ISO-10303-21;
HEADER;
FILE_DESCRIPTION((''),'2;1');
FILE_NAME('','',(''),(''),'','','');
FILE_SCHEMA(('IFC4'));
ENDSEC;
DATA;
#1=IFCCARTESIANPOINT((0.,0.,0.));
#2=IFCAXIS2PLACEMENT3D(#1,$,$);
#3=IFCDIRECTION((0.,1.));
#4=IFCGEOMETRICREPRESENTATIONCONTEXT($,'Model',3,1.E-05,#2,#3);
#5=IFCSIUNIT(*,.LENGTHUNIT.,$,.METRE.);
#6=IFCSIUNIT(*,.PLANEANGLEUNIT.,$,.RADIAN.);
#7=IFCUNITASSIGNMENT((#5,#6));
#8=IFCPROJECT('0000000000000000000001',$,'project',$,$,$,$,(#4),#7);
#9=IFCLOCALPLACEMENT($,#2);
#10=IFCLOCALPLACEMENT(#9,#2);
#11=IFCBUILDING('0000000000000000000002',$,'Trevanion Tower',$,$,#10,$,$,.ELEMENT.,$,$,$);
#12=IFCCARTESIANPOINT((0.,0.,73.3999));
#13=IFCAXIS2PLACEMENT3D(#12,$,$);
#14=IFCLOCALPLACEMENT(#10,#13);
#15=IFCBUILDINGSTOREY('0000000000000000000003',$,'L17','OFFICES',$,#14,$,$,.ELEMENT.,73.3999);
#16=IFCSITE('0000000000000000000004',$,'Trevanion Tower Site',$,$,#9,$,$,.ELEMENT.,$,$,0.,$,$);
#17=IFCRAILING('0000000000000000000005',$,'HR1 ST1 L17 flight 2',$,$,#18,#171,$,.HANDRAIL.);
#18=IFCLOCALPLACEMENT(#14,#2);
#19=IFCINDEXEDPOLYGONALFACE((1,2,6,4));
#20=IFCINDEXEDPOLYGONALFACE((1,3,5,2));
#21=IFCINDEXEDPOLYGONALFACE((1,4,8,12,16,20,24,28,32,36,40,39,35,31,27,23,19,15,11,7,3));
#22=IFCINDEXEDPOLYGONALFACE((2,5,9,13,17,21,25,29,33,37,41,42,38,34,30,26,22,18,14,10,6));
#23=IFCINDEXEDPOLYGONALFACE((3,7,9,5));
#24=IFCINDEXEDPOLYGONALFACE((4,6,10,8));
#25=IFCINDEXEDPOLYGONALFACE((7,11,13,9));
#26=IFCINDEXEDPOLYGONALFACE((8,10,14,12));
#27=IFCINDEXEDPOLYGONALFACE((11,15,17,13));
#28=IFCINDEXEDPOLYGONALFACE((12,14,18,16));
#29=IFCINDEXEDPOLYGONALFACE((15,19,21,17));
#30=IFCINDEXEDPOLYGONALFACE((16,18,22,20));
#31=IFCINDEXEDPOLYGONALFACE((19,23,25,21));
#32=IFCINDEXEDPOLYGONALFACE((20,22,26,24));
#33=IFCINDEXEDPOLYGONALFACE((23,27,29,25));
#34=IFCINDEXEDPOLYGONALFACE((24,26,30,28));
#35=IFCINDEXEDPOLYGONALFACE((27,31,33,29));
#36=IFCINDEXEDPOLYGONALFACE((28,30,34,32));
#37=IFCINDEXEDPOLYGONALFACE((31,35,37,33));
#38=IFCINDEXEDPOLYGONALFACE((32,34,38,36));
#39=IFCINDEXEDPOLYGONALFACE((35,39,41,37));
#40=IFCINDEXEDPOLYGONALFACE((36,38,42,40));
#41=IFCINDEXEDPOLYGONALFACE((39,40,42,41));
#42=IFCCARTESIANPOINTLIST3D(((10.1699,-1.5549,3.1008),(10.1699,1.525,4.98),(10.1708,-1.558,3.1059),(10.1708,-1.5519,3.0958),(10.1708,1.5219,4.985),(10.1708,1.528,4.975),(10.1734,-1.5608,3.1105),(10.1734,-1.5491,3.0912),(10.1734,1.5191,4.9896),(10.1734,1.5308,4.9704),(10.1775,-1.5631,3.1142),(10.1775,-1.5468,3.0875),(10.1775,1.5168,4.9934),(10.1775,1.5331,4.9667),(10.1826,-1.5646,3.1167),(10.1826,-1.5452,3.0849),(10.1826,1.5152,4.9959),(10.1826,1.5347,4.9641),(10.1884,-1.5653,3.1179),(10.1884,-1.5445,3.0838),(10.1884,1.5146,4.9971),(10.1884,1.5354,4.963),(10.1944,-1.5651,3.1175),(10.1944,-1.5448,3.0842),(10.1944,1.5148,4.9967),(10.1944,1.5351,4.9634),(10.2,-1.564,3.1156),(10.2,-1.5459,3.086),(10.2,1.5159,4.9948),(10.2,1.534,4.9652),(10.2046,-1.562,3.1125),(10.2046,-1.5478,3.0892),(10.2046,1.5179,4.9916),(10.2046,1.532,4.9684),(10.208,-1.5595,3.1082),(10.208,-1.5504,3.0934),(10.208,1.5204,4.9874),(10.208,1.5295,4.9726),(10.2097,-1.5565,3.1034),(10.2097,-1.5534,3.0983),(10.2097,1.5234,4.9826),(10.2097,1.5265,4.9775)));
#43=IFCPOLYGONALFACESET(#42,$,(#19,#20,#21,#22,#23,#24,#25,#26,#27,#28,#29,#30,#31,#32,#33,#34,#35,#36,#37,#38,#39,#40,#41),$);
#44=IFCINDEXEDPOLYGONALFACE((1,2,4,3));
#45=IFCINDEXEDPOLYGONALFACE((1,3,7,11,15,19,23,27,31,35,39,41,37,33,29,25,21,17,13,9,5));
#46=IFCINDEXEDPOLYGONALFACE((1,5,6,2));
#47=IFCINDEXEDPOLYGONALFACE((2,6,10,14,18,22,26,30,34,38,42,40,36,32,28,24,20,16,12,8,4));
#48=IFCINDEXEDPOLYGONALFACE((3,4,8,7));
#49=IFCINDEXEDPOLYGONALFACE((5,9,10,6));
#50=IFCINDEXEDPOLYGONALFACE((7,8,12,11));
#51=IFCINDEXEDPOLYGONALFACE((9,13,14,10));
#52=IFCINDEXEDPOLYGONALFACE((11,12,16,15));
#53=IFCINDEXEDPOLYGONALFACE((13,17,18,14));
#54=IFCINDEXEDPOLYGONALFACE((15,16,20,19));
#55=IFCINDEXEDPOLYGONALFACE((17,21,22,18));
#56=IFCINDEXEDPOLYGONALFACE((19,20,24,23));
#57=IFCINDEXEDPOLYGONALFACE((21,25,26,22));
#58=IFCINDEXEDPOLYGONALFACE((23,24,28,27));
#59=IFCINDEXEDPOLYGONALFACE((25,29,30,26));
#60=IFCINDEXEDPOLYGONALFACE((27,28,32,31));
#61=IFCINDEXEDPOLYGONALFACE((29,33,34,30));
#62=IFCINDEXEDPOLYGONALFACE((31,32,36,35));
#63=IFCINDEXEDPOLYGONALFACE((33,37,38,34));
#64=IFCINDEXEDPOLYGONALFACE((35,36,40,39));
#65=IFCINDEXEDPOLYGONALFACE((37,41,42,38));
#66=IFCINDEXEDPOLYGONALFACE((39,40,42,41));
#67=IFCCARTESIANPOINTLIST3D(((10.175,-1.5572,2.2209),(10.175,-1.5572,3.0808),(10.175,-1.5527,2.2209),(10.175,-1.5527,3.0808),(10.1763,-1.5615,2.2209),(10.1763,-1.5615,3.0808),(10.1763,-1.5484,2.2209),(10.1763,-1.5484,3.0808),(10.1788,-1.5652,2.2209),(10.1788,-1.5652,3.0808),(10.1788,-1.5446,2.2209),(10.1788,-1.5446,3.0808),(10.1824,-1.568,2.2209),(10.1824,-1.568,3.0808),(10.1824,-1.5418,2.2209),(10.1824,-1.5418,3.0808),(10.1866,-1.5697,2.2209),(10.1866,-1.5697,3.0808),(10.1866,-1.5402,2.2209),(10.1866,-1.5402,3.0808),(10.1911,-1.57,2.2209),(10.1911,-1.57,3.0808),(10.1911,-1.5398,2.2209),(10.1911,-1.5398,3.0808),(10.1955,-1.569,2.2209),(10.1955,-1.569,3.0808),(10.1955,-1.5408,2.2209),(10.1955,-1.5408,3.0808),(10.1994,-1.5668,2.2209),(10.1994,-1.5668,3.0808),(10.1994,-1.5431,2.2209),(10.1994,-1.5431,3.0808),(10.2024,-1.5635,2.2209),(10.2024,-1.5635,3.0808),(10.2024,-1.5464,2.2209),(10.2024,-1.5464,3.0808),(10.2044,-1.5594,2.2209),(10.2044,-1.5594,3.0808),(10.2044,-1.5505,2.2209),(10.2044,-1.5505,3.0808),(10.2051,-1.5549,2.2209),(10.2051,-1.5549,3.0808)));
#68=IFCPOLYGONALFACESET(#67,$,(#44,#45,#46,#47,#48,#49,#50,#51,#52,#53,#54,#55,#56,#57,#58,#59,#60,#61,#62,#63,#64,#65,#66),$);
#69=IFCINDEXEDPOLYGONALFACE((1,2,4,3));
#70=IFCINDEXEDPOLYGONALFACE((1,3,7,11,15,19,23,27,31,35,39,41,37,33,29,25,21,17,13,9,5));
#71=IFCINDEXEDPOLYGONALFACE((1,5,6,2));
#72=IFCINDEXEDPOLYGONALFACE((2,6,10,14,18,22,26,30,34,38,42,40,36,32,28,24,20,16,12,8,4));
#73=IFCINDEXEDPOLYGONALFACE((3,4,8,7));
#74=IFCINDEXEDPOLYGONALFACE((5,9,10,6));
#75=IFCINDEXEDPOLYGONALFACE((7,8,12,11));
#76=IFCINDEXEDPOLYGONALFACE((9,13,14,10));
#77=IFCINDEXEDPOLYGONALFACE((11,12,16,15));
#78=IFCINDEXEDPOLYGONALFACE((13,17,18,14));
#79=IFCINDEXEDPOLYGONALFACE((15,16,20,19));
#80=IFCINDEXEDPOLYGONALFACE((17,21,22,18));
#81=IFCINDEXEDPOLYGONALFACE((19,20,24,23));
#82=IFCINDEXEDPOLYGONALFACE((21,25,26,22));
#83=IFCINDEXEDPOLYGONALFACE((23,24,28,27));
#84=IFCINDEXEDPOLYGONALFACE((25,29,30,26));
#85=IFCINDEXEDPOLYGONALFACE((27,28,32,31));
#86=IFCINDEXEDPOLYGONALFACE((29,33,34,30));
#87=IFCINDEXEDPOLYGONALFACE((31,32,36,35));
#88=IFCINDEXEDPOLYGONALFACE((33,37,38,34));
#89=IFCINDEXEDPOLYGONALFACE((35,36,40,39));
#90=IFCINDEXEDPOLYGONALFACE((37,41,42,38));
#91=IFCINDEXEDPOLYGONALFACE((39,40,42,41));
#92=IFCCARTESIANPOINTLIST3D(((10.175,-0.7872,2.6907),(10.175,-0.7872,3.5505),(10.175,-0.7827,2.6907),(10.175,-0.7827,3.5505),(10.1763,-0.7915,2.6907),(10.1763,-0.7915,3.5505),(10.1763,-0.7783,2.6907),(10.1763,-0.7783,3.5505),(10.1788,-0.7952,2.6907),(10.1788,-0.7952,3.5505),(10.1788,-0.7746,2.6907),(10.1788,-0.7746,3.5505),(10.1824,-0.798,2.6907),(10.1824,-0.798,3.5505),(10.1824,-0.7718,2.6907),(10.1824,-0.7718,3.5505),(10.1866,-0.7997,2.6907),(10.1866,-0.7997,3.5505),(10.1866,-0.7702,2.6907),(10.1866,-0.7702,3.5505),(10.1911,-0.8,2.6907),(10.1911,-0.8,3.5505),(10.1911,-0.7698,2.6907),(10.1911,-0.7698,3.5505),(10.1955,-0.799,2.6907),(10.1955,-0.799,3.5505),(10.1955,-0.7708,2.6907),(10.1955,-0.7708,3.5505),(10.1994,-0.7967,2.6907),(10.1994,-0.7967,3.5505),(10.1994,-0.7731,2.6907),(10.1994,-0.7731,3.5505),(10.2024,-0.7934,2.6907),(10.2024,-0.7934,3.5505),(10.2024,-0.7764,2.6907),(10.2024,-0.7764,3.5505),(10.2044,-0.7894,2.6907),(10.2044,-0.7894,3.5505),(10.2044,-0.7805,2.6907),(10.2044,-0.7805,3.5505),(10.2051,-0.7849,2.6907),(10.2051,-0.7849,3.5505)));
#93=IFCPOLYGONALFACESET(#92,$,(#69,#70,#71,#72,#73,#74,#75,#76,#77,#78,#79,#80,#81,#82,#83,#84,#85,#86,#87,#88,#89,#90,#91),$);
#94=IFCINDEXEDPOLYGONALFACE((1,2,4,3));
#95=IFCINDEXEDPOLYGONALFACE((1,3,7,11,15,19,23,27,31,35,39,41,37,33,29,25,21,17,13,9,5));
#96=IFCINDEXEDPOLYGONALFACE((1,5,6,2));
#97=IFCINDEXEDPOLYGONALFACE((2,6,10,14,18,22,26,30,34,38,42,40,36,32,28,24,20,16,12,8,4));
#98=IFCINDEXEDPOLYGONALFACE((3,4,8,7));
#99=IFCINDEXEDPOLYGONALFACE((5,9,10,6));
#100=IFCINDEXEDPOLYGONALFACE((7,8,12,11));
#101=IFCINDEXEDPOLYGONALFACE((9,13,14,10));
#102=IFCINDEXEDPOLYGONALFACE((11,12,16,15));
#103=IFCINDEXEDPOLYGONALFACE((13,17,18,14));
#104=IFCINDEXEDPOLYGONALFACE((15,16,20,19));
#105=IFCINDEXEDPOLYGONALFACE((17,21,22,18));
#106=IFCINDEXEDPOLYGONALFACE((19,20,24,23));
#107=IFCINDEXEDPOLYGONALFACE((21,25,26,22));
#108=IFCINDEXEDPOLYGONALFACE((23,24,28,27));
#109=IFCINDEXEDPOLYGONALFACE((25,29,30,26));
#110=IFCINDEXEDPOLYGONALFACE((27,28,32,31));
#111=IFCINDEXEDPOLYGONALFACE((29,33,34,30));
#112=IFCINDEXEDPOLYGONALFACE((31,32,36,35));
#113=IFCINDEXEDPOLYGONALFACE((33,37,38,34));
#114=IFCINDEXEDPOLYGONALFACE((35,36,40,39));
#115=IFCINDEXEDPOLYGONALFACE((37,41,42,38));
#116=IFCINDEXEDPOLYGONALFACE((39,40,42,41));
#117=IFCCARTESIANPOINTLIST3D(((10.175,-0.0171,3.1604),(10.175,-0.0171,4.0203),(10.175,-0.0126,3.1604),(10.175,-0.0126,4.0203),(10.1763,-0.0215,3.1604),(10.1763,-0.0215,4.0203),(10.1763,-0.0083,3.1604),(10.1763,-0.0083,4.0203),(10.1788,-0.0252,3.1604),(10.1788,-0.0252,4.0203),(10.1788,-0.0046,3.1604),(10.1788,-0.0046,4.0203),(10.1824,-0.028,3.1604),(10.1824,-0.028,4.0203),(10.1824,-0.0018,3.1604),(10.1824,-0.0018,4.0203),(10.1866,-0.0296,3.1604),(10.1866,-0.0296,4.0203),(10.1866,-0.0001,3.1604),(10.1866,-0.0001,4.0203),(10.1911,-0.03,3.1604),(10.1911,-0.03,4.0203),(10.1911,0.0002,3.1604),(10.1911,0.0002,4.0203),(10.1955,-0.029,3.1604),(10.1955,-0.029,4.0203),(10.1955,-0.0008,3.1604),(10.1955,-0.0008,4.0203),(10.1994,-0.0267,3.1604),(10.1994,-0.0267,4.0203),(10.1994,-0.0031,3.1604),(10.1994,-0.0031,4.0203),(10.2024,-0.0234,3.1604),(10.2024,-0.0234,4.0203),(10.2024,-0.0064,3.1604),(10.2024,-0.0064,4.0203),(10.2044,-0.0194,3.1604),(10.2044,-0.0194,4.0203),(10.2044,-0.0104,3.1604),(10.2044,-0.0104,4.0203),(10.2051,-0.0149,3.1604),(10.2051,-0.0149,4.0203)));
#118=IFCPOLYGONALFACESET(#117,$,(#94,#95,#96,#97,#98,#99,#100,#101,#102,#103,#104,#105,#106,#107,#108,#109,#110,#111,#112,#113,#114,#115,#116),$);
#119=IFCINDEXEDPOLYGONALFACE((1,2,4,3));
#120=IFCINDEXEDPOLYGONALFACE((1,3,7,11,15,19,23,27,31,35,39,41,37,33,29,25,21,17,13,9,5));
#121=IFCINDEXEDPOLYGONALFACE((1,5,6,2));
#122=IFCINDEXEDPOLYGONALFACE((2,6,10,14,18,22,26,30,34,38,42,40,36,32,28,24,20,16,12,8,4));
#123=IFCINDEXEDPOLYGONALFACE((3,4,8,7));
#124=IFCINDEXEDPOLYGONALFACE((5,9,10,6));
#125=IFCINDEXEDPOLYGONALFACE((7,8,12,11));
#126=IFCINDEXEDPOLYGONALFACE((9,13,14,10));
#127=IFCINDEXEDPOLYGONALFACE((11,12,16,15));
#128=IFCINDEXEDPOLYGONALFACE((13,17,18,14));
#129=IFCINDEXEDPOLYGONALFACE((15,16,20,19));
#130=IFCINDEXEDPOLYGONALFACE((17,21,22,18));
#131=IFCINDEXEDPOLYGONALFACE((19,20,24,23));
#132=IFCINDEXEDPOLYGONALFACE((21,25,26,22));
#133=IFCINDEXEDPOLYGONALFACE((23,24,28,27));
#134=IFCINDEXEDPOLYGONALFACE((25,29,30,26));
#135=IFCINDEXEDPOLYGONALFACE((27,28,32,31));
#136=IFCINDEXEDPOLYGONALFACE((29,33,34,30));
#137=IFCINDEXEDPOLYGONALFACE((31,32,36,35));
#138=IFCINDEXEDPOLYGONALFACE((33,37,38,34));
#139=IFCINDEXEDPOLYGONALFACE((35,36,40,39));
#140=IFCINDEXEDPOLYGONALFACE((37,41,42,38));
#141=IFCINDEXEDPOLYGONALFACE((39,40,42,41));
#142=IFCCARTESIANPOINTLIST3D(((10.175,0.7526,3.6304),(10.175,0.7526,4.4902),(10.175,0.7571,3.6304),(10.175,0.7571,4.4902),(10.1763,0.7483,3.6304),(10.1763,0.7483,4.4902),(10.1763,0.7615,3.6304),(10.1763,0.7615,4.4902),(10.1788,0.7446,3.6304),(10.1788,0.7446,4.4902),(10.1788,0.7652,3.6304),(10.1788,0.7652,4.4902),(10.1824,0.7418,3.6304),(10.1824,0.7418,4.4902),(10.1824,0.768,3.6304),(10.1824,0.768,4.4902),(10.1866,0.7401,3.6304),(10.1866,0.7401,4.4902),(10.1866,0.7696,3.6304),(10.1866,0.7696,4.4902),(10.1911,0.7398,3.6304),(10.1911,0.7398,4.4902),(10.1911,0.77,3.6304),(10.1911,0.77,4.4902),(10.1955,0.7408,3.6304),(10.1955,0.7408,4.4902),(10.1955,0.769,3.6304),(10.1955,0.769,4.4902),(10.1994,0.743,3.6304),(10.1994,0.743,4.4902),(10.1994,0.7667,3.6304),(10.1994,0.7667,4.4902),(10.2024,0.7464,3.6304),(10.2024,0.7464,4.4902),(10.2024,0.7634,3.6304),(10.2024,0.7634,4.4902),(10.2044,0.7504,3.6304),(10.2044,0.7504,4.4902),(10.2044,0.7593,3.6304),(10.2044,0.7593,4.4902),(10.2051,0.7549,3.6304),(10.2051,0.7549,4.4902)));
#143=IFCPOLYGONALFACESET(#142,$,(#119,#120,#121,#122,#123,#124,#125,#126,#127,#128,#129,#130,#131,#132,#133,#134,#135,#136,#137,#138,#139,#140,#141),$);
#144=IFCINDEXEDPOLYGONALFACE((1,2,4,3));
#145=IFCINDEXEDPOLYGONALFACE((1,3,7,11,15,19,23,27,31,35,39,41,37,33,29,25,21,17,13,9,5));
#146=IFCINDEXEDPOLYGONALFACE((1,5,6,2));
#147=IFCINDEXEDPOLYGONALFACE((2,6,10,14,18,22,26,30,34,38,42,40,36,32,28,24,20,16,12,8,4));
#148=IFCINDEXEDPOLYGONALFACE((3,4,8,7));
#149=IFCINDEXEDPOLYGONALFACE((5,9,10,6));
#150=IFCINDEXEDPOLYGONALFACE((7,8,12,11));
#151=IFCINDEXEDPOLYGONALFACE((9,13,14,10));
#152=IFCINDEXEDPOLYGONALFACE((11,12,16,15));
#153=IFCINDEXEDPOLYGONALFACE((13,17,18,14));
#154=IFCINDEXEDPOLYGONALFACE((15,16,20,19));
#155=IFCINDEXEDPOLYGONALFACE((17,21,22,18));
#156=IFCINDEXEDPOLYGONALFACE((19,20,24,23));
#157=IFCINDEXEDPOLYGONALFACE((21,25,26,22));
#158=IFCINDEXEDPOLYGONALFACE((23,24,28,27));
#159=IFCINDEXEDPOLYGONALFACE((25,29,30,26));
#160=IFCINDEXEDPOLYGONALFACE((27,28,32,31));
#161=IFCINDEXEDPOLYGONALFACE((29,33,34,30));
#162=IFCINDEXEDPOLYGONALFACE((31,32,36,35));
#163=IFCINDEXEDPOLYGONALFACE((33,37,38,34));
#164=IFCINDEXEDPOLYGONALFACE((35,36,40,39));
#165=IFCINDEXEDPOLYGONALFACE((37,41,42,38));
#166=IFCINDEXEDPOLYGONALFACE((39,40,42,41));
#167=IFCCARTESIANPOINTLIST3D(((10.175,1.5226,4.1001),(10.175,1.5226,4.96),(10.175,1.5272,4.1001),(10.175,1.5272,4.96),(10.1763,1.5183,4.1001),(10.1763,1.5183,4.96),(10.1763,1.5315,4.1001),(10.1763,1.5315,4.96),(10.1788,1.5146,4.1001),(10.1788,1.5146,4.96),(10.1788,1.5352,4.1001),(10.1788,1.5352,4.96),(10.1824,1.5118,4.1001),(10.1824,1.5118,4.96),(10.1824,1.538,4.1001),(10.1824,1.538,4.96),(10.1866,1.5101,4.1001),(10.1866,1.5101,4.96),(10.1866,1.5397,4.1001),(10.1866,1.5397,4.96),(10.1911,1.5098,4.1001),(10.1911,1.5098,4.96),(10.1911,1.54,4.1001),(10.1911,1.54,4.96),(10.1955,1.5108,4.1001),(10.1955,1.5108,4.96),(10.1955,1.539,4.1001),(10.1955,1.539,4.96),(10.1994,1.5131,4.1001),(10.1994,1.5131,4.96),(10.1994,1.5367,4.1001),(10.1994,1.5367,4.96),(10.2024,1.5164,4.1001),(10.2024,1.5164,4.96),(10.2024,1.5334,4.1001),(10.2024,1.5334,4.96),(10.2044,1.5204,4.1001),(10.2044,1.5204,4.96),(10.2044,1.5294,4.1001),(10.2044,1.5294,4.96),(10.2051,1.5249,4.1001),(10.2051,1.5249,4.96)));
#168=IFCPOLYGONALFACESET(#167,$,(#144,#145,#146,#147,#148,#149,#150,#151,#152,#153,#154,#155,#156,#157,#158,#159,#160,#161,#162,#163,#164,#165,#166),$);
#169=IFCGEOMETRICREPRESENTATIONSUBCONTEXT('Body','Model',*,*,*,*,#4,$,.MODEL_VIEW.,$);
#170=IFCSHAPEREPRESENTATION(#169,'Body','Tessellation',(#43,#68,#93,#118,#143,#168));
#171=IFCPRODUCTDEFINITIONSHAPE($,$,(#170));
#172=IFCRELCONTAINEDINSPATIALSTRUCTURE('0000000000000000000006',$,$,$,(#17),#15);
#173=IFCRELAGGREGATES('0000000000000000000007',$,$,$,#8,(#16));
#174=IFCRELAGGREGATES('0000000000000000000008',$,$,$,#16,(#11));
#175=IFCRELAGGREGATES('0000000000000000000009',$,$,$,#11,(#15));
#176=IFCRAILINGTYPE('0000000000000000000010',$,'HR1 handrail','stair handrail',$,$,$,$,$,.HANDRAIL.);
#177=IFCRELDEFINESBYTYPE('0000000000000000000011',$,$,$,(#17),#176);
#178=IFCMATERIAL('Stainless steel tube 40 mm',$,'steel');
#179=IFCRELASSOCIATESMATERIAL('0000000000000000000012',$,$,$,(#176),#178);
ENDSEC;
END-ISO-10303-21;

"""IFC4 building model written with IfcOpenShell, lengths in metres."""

from ifc_helpers import new_model, si_unit, direction, frame, origin, origin_2d, place, context, subcontext, project, spatial, circle, extrude, material, type_object, element, save


model = new_model("IFC4")

# Units and contexts
model_context = context("Model", 3, precision=1e-05, world=origin(), true_north=direction((0.0, 1.0)))
body_context = subcontext(model_context, "Body", "Model", "MODEL_VIEW")
ifc_project = project(units=[si_unit("LENGTHUNIT", "METRE"), si_unit("PLANEANGLEUNIT", "RADIAN")], contexts=[model_context])

# Site, building, storey
site_placement = place(None, origin())
site = spatial("IfcSite", under=ifc_project, at=site_placement, Name="Trevanion Tower Site", CompositionType="ELEMENT", RefElevation=0.0)
building_placement = place(site_placement, origin())
building = spatial("IfcBuilding", under=site, at=building_placement, Name="Trevanion Tower", CompositionType="ELEMENT")
storey_placement = place(building_placement, frame((0.0, 0.0, 73.3999)))
storey = spatial("IfcBuildingStorey", under=building, at=storey_placement, Name="L17", Description="OFFICES", CompositionType="ELEMENT", Elevation=73.3999)

# Railing
ifc_material_1 = material(Name="Stainless steel tube 40 mm", Category="steel")
railing_type = type_object("IfcRailingType", Name="HR1 handrail", Description="stair handrail", PredefinedType="HANDRAIL", material=ifc_material_1)
for number, where, name in (
    (1, (10.1899, -1.5549, 2.2209), "HR1 ST1 L17 flight 2"),
):
    element("IfcRailing", number, at=place(storey_placement, frame(where)), inside=storey, type_object=railing_type, Name=name, PredefinedType="HANDRAIL", context=body_context, shape_type="SweptSolid", body=[
        extrude(circle(Radius=0.02, at=origin_2d()), frame((0.0, 0.0, 0.8799), z_axis=(0.0, 0.853648, 0.52085), x_axis=(-1.0, 0.0, 0.0)), (0.0, 0.0, 1.0), 3.6079),
        extrude(circle(Radius=0.0151, at=origin_2d()), origin(), (0.0, 0.0, 1.0), 0.8599),
        extrude(circle(Radius=0.0151, at=origin_2d()), frame((0.0, 0.77, 0.4697)), (0.0, 0.0, 1.0), 0.8599),
        extrude(circle(Radius=0.0151, at=origin_2d()), frame((0.0, 1.54, 0.9395)), (0.0, 0.0, 1.0), 0.8599),
        extrude(circle(Radius=0.0151, at=origin_2d()), frame((0.0, 2.3098, 1.4094)), (0.0, 0.0, 1.0), 0.8599),
        extrude(circle(Radius=0.0151, at=origin_2d()), frame((0.0, 3.0798, 1.8792)), (0.0, 0.0, 1.0), 0.8599),
    ])

save(model, "model.ifc")
